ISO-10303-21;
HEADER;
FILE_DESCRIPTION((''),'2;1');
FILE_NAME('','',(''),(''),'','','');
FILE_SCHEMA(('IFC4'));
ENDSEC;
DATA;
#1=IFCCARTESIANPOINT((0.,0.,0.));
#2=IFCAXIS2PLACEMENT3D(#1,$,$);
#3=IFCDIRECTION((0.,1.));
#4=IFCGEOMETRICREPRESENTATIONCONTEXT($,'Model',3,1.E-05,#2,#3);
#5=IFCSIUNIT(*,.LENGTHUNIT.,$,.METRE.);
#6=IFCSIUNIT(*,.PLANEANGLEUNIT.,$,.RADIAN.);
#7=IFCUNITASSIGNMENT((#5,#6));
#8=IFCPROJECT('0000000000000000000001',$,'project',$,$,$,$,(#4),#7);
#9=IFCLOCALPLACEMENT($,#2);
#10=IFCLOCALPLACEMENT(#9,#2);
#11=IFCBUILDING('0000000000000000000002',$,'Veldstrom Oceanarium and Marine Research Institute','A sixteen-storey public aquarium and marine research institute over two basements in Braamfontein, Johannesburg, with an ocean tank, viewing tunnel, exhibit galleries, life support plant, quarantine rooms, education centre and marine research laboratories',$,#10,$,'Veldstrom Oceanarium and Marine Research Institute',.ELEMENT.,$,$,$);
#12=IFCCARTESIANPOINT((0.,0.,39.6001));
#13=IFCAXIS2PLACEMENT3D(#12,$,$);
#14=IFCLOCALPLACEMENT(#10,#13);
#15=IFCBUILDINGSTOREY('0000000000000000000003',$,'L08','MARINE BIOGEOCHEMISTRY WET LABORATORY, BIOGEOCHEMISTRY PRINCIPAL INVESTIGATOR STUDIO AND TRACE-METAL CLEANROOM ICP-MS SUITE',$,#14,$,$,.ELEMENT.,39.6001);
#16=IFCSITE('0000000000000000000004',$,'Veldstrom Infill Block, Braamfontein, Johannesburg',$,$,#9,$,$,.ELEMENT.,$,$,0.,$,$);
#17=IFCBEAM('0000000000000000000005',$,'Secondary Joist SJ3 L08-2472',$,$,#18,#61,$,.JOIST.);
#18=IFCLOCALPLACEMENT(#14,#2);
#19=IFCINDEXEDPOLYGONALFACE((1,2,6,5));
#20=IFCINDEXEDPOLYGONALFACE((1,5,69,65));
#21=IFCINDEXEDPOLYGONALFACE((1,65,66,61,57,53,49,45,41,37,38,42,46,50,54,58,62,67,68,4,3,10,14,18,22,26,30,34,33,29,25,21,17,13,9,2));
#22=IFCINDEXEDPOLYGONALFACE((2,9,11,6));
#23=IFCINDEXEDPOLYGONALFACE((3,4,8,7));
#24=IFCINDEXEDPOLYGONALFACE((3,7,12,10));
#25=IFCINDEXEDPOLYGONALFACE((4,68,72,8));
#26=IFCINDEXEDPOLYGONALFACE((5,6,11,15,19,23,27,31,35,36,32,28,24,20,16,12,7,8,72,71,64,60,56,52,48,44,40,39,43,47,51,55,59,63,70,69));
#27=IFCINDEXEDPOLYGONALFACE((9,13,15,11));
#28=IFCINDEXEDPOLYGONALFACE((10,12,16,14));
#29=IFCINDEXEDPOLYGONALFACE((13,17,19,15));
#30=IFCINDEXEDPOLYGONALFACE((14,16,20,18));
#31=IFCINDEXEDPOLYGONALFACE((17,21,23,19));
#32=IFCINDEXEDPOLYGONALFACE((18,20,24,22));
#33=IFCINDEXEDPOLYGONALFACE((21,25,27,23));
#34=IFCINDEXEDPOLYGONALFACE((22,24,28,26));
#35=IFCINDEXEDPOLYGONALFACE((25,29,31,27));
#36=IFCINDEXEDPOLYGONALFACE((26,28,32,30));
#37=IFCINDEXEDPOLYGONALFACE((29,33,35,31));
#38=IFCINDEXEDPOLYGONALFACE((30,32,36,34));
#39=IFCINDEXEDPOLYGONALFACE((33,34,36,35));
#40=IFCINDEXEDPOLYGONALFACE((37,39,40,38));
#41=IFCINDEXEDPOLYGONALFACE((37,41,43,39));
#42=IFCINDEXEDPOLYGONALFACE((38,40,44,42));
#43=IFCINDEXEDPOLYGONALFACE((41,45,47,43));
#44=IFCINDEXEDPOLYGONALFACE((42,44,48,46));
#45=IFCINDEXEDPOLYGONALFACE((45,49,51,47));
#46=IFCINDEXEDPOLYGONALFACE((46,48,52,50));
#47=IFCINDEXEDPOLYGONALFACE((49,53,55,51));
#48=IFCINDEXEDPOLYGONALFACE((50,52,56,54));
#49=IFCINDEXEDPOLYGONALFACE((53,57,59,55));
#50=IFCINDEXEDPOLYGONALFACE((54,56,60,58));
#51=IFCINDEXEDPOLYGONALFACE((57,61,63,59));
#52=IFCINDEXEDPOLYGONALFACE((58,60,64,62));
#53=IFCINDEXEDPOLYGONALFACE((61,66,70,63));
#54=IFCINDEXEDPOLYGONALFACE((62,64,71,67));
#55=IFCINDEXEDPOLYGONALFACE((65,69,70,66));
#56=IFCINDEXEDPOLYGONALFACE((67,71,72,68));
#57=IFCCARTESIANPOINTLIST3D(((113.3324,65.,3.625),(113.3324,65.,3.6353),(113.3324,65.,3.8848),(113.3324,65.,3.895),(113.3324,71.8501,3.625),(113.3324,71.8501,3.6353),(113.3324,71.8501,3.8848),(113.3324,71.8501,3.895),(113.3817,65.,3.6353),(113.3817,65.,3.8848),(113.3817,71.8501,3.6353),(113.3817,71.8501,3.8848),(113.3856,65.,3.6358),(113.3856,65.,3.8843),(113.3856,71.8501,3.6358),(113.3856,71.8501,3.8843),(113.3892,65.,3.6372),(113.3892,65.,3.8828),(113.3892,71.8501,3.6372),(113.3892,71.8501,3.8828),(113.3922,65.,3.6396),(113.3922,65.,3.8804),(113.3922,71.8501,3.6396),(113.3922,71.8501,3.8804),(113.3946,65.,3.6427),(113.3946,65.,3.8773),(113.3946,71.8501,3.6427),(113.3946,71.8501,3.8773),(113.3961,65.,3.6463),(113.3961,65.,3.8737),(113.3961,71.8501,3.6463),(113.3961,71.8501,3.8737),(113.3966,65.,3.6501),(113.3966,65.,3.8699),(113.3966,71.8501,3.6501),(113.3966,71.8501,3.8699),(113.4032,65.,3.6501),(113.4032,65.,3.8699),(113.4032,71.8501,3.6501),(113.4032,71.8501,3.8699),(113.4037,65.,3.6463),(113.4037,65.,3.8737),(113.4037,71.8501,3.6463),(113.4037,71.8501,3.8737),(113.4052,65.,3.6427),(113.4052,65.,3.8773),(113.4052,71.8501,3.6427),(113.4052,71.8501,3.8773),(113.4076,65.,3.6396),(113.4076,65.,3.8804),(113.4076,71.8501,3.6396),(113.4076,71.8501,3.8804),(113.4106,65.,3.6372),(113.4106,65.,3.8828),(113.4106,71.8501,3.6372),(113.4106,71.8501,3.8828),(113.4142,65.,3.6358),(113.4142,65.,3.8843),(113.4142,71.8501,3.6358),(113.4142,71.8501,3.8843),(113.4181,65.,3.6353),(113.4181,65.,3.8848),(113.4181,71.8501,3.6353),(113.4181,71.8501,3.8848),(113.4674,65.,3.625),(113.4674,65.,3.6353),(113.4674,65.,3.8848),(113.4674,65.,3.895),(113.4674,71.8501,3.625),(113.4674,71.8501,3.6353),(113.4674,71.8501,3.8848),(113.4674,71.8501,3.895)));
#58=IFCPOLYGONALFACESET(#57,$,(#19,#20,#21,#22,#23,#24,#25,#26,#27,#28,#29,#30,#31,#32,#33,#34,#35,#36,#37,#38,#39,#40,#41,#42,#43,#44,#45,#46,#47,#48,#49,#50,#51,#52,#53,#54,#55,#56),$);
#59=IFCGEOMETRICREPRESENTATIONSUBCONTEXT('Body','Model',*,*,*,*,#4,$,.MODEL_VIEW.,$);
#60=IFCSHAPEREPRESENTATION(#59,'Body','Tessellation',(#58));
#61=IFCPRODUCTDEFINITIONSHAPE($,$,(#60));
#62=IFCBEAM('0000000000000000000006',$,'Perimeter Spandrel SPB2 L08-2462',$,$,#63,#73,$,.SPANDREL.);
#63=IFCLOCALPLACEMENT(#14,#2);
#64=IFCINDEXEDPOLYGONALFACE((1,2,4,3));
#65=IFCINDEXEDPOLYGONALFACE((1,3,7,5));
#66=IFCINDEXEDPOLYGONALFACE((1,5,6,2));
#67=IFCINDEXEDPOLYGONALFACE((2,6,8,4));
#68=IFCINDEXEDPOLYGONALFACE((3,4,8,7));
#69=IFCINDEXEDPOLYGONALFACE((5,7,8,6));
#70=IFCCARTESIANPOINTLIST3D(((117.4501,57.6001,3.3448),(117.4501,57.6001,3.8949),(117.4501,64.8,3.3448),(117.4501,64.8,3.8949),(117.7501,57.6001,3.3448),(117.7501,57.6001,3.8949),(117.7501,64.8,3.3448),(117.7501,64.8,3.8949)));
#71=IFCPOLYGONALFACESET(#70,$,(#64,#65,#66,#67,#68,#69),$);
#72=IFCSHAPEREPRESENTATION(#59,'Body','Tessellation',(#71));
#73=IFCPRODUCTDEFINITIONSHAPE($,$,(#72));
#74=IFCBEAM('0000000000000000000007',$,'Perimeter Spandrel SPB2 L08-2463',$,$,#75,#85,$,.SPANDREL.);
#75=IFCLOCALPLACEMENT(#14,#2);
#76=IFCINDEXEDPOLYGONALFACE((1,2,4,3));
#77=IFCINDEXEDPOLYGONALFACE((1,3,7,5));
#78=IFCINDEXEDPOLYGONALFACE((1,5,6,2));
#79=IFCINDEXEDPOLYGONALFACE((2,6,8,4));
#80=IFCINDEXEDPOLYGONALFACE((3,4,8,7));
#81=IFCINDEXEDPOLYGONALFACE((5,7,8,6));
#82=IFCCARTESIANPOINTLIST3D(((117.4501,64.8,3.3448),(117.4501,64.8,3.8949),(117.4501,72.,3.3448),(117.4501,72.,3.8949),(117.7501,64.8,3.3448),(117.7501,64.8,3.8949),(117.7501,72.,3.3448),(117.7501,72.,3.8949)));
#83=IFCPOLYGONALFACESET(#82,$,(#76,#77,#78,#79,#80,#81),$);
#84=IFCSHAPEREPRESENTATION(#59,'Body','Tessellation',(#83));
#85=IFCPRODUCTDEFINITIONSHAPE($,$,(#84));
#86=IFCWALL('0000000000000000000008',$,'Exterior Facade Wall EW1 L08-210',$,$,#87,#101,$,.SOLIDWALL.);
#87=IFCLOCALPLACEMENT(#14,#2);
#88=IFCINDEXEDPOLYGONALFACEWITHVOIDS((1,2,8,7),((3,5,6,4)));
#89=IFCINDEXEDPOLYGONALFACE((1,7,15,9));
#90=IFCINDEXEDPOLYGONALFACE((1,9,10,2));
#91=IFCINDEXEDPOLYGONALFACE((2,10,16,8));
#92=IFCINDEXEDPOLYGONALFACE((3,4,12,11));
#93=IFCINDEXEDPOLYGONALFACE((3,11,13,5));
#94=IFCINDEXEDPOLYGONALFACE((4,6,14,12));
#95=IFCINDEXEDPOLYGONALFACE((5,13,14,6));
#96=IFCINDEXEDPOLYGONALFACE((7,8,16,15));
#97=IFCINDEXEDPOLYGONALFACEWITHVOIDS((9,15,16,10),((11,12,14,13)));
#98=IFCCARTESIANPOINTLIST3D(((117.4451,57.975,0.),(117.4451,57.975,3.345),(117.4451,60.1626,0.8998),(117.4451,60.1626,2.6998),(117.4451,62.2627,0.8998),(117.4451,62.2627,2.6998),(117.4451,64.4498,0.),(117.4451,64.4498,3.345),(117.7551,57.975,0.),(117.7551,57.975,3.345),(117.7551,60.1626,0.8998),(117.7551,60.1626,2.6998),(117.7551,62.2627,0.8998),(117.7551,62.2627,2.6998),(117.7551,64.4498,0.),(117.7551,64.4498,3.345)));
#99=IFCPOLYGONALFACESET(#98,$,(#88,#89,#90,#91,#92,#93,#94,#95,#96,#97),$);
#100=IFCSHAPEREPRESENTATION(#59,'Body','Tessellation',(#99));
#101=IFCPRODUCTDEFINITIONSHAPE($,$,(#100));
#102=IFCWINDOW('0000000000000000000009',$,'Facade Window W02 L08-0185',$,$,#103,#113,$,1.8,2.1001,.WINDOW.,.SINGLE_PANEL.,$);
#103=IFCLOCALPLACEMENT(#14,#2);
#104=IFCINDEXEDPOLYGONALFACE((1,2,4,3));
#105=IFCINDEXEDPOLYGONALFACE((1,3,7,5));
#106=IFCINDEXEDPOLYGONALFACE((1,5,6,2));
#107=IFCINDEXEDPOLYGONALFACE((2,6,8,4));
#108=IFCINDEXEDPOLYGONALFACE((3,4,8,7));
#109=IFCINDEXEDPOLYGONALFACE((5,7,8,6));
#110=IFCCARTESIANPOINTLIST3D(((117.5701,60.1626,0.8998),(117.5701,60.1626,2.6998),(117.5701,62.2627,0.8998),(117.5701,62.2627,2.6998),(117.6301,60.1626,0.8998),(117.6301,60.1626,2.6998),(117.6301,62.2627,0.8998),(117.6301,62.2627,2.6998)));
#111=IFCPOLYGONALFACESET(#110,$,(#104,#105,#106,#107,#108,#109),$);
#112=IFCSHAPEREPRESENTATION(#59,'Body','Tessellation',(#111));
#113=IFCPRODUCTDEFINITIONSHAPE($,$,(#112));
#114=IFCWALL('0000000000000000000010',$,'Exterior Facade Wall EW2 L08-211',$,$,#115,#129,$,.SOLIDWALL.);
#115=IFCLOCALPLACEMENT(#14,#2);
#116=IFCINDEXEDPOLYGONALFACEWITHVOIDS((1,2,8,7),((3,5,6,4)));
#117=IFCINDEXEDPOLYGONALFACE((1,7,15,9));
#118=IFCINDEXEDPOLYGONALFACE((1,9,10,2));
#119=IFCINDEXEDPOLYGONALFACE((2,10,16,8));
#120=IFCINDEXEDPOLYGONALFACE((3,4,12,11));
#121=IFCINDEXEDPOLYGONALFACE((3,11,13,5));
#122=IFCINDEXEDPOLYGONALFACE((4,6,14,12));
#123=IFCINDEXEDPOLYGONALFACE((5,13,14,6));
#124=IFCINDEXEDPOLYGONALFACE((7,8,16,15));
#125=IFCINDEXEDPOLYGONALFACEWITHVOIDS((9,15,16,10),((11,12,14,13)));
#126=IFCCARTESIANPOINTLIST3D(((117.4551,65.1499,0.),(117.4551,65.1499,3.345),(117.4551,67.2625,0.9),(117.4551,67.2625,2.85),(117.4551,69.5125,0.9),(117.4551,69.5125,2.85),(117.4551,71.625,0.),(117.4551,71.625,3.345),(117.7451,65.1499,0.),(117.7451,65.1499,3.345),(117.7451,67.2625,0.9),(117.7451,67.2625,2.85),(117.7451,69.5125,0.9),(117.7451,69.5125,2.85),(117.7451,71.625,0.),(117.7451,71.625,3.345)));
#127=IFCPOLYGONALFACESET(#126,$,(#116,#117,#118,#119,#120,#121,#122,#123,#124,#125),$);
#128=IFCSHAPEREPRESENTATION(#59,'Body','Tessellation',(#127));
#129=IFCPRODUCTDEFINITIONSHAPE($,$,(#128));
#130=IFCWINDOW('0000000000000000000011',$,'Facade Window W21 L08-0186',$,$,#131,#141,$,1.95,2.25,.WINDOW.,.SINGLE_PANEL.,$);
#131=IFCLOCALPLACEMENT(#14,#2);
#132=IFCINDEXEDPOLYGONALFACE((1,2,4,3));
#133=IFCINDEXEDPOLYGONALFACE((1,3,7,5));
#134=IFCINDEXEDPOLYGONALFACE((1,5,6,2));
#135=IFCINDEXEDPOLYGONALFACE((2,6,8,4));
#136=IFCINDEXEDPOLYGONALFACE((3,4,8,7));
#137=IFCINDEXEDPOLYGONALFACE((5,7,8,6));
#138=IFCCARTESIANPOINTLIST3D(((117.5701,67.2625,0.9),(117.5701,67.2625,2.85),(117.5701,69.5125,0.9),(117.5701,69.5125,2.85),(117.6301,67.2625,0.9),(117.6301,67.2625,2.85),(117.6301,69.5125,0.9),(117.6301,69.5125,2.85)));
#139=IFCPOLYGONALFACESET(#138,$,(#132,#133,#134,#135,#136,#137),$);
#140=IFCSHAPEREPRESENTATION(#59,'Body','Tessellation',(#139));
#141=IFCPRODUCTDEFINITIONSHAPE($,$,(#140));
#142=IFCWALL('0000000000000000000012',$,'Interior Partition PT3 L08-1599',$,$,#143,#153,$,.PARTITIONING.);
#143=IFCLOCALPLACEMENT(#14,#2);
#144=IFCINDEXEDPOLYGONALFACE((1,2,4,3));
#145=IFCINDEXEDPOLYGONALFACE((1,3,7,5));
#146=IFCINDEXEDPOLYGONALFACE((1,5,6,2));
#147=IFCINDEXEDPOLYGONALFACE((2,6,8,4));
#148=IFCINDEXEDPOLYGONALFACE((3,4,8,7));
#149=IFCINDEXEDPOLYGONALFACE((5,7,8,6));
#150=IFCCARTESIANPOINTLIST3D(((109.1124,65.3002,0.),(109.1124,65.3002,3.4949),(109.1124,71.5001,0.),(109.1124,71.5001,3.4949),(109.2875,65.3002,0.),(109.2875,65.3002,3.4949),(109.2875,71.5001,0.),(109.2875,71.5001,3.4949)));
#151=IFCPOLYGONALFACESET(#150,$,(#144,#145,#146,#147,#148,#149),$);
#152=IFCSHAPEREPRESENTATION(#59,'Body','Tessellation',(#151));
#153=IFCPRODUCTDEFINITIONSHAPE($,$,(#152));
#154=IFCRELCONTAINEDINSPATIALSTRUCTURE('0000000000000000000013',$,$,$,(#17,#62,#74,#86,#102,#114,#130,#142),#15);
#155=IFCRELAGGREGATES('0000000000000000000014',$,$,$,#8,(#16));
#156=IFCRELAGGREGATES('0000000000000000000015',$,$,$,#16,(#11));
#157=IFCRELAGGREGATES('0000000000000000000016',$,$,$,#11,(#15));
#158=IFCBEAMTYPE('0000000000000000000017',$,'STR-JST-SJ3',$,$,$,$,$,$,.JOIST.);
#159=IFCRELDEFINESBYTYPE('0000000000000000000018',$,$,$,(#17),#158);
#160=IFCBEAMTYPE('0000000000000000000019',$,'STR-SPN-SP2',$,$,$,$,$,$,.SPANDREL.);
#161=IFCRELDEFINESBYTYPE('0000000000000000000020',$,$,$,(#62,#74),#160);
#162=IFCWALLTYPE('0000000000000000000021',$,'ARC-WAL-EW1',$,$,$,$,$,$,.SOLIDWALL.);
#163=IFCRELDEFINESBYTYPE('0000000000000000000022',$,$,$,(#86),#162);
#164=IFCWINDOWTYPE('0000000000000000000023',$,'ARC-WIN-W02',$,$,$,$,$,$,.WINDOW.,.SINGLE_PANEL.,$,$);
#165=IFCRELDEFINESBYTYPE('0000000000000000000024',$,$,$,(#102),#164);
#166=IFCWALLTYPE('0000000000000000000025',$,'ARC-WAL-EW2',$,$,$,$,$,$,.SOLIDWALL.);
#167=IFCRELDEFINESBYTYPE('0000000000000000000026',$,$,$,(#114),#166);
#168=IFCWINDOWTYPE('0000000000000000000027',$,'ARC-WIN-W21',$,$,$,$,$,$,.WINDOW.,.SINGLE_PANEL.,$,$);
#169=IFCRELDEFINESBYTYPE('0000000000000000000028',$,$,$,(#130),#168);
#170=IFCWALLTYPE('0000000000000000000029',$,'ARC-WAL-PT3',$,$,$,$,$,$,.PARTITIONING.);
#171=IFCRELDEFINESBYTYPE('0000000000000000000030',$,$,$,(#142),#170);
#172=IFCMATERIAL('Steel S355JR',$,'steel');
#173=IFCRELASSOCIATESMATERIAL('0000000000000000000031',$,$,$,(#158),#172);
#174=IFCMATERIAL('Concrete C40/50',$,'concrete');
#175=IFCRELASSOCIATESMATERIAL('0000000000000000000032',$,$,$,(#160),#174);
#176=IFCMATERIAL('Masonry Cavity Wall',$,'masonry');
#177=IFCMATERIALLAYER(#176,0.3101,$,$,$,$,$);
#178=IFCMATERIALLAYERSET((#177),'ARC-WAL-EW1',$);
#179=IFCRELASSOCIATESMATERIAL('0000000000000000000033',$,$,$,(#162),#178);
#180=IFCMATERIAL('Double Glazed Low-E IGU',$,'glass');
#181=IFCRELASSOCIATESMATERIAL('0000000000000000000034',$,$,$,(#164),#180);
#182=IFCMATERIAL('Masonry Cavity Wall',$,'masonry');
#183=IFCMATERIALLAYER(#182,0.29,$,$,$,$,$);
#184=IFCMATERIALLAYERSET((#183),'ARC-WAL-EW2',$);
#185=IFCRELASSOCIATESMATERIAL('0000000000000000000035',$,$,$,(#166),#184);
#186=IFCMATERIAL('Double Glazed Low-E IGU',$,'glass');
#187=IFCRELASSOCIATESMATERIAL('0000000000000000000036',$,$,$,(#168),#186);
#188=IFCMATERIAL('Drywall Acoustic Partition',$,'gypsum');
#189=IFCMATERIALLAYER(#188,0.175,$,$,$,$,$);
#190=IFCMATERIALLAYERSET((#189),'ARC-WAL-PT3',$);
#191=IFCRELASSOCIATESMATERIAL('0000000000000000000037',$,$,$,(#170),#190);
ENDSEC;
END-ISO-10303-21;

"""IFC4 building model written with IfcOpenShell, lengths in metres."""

from ifc_helpers import new_model, si_unit, direction, frame, frame_2d, origin, origin_2d, place, context, subcontext, project, spatial, rectangle, i_section, extrude, material, layer, layer_set, material_profile, profile_set, type_object, element, fill, save


model = new_model("IFC4")

# Units and contexts
model_context = context("Model", 3, precision=1e-05, world=origin(), true_north=direction((0.0, 1.0)))
body_context = subcontext(model_context, "Body", "Model", "MODEL_VIEW")
ifc_project = project(units=[si_unit("LENGTHUNIT", "METRE"), si_unit("PLANEANGLEUNIT", "RADIAN")], contexts=[model_context])

# Site, building, storey
site_placement = place(None, origin())
site = spatial("IfcSite", under=ifc_project, at=site_placement, Name="Veldstrom Infill Block, Braamfontein, Johannesburg", CompositionType="ELEMENT", RefElevation=0.0)
building_placement = place(site_placement, origin())
building = spatial("IfcBuilding", under=site, at=building_placement, Name="Veldstrom Oceanarium and Marine Research Institute", Description="A sixteen-storey public aquarium and marine research institute over two basements in Braamfontein, Johannesburg, with an ocean tank, viewing tunnel, exhibit galleries, life support plant, quarantine rooms, education centre and marine research laboratories", LongName="Veldstrom Oceanarium and Marine Research Institute", CompositionType="ELEMENT")
storey_placement = place(building_placement, frame((0.0, 0.0, 39.6001)))
storey = spatial("IfcBuildingStorey", under=building, at=storey_placement, Name="L08", Description="MARINE BIOGEOCHEMISTRY WET LABORATORY, BIOGEOCHEMISTRY PRINCIPAL INVESTIGATOR STUDIO AND TRACE-METAL CLEANROOM ICP-MS SUITE", CompositionType="ELEMENT", Elevation=39.6001)

# Beams
ifc_material_1 = material(Name="Steel S355JR", Category="steel")
ifc_material_profile_1 = material_profile(ifc_material_1, i_section(OverallWidth=0.135, OverallDepth=0.27, WebThickness=0.0066, FlangeThickness=0.0103, FilletRadius=0.0149, at=origin_2d()), Name="IPE 270")
ifc_profile_set_1 = profile_set([ifc_material_profile_1], Name="Steel S355JR")
beam_type_1 = type_object("IfcBeamType", Name="STR-JST-SJ3", PredefinedType="JOIST", material=ifc_profile_set_1)
beam_1_placement = place(storey_placement, frame((113.3999, 65.0, 3.76), z_axis=(0.0, 1.0, 0.0), x_axis=(-1.0, 0.0, 0.0)))
element("IfcBeam", 1, at=beam_1_placement, inside=storey, type_object=beam_type_1, Name="Secondary Joist SJ3 L08-2472", PredefinedType="JOIST", context=body_context, shape_type="SweptSolid", body=[
    extrude(i_section(OverallWidth=0.135, OverallDepth=0.27, WebThickness=0.0066, FlangeThickness=0.0103, FilletRadius=0.0149, at=origin_2d()), origin(), (0.0, 0.0, 1.0), 6.8501),
])
ifc_material_2 = material(Name="Concrete C40/50", Category="concrete")
ifc_material_profile_2 = material_profile(ifc_material_2, rectangle(XDim=0.3, YDim=0.55, at=origin_2d()), Name="RC-SPN-300x550")
ifc_profile_set_2 = profile_set([ifc_material_profile_2], Name="Concrete C40/50")
beam_type_2 = type_object("IfcBeamType", Name="STR-SPN-SP2", PredefinedType="SPANDREL", material=ifc_profile_set_2)
for number, where, z_axis, x_axis, name in (
    (2, (117.6001, 57.6001, 3.6199), (0.0, 1.0, 0.0), (-1.0, 0.0, 0.0), "Perimeter Spandrel SPB2 L08-2462"),
    (3, (117.6001, 64.8, 3.6199), (0.0, 1.0, 0.0), (-1.0, 0.0, 0.0), "Perimeter Spandrel SPB2 L08-2463"),
):
    element("IfcBeam", number, at=place(storey_placement, frame(where, z_axis=z_axis, x_axis=x_axis)), inside=storey, type_object=beam_type_2, Name=name, PredefinedType="SPANDREL", context=body_context, shape_type="SweptSolid", body=[
        extrude(rectangle(XDim=0.3, YDim=0.55, at=origin_2d()), origin(), (0.0, 0.0, 1.0), 7.2),
    ])

# Walls, openings, windows
ifc_material_3 = material(Name="Masonry Cavity Wall", Category="masonry")
ifc_layer_1 = layer(ifc_material_3, 0.3101)
ifc_layer_set_1 = layer_set([ifc_layer_1], Name="ARC-WAL-EW1")
wall_type_1 = type_object("IfcWallType", Name="ARC-WAL-EW1", PredefinedType="SOLIDWALL", material=ifc_layer_set_1)
wall_1_placement = place(storey_placement, frame((117.6001, 57.9751, 0.0), z_axis=(0.0, 0.0, 1.0), x_axis=(0.0, 1.0, 0.0)))
wall_1 = element("IfcWall", 4, at=wall_1_placement, inside=storey, type_object=wall_type_1, Name="Exterior Facade Wall EW1 L08-210", PredefinedType="SOLIDWALL", context=body_context, shape_type="SweptSolid", body=[
    extrude(rectangle(XDim=6.4749, YDim=0.3101, at=frame_2d((3.2373, 0.0))), origin(), (0.0, 0.0, 1.0), 3.345),
])
opening_1_placement = place(wall_1_placement, frame((2.1875, 0.0, 0.8999)))
opening_1 = element("IfcOpeningElement", 5, at=opening_1_placement, cuts=wall_1, PredefinedType="OPENING", context=body_context, shape_type="SweptSolid", body=[
    extrude(rectangle(XDim=2.1001, YDim=1.8, at=frame_2d((1.05, 0.8999))), frame((0.0, 0.165, 0.0), z_axis=(0.0, -1.0, 0.0), x_axis=(1.0, 0.0, 0.0)), (0.0, 0.0, 1.0), 0.3301),
])
ifc_material_4 = material(Name="Double Glazed Low-E IGU", Category="glass")
window_type_1 = type_object("IfcWindowType", Name="ARC-WIN-W02", PartitioningType="SINGLE_PANEL", PredefinedType="WINDOW", material=ifc_material_4)
window_1_placement = place(opening_1_placement, origin())
window_1 = element("IfcWindow", 6, at=window_1_placement, inside=storey, type_object=window_type_1, Name="Facade Window W02 L08-0185", OverallHeight=1.8, OverallWidth=2.1001, PartitioningType="SINGLE_PANEL", PredefinedType="WINDOW", context=body_context, shape_type="SweptSolid", body=[
    extrude(rectangle(XDim=2.1001, YDim=1.8, at=frame_2d((1.05, 0.8999))), frame((0.0, 0.03, 0.0), z_axis=(0.0, -1.0, 0.0), x_axis=(1.0, 0.0, 0.0)), (0.0, 0.0, 1.0), 0.0601),
])
fill(opening_1, window_1)
ifc_material_5 = material(Name="Masonry Cavity Wall", Category="masonry")
ifc_layer_2 = layer(ifc_material_5, 0.29)
ifc_layer_set_2 = layer_set([ifc_layer_2], Name="ARC-WAL-EW2")
wall_type_2 = type_object("IfcWallType", Name="ARC-WAL-EW2", PredefinedType="SOLIDWALL", material=ifc_layer_set_2)
wall_2_placement = place(storey_placement, frame((117.6001, 65.1499, 0.0), z_axis=(0.0, 0.0, 1.0), x_axis=(0.0, 1.0, 0.0)))
wall_2 = element("IfcWall", 7, at=wall_2_placement, inside=storey, type_object=wall_type_2, Name="Exterior Facade Wall EW2 L08-211", PredefinedType="SOLIDWALL", context=body_context, shape_type="SweptSolid", body=[
    extrude(rectangle(XDim=6.4751, YDim=0.29, at=frame_2d((3.2375, 0.0))), origin(), (0.0, 0.0, 1.0), 3.345),
])
opening_2_placement = place(wall_2_placement, frame((2.1125, 0.0, 0.8999)))
opening_2 = element("IfcOpeningElement", 8, at=opening_2_placement, cuts=wall_2, PredefinedType="OPENING", context=body_context, shape_type="SweptSolid", body=[
    extrude(rectangle(XDim=2.25, YDim=1.95, at=frame_2d((1.125, 0.9751))), frame((0.0, 0.155, 0.0), z_axis=(0.0, -1.0, 0.0), x_axis=(1.0, 0.0, 0.0)), (0.0, 0.0, 1.0), 0.3101),
])
ifc_material_6 = material(Name="Double Glazed Low-E IGU", Category="glass")
window_type_2 = type_object("IfcWindowType", Name="ARC-WIN-W21", PartitioningType="SINGLE_PANEL", PredefinedType="WINDOW", material=ifc_material_6)
window_2_placement = place(opening_2_placement, origin())
window_2 = element("IfcWindow", 9, at=window_2_placement, inside=storey, type_object=window_type_2, Name="Facade Window W21 L08-0186", OverallHeight=1.95, OverallWidth=2.25, PartitioningType="SINGLE_PANEL", PredefinedType="WINDOW", context=body_context, shape_type="SweptSolid", body=[
    extrude(rectangle(XDim=2.25, YDim=1.95, at=frame_2d((1.125, 0.9751))), frame((0.0, 0.03, 0.0), z_axis=(0.0, -1.0, 0.0), x_axis=(1.0, 0.0, 0.0)), (0.0, 0.0, 1.0), 0.0601),
])
fill(opening_2, window_2)

# Wall
ifc_material_7 = material(Name="Drywall Acoustic Partition", Category="gypsum")
ifc_layer_3 = layer(ifc_material_7, 0.175)
ifc_layer_set_3 = layer_set([ifc_layer_3], Name="ARC-WAL-PT3")
wall_type_3 = type_object("IfcWallType", Name="ARC-WAL-PT3", PredefinedType="PARTITIONING", material=ifc_layer_set_3)
wall_3_placement = place(storey_placement, frame((109.2, 65.3, 0.0), z_axis=(0.0, 0.0, 1.0), x_axis=(0.0, 1.0, 0.0)))
element("IfcWall", 10, at=wall_3_placement, inside=storey, type_object=wall_type_3, Name="Interior Partition PT3 L08-1599", PredefinedType="PARTITIONING", context=body_context, shape_type="SweptSolid", body=[
    extrude(rectangle(XDim=6.2, YDim=0.175, at=frame_2d((3.1001, 0.0))), origin(), (0.0, 0.0, 1.0), 3.4949),
])

save(model, "model.ifc")
